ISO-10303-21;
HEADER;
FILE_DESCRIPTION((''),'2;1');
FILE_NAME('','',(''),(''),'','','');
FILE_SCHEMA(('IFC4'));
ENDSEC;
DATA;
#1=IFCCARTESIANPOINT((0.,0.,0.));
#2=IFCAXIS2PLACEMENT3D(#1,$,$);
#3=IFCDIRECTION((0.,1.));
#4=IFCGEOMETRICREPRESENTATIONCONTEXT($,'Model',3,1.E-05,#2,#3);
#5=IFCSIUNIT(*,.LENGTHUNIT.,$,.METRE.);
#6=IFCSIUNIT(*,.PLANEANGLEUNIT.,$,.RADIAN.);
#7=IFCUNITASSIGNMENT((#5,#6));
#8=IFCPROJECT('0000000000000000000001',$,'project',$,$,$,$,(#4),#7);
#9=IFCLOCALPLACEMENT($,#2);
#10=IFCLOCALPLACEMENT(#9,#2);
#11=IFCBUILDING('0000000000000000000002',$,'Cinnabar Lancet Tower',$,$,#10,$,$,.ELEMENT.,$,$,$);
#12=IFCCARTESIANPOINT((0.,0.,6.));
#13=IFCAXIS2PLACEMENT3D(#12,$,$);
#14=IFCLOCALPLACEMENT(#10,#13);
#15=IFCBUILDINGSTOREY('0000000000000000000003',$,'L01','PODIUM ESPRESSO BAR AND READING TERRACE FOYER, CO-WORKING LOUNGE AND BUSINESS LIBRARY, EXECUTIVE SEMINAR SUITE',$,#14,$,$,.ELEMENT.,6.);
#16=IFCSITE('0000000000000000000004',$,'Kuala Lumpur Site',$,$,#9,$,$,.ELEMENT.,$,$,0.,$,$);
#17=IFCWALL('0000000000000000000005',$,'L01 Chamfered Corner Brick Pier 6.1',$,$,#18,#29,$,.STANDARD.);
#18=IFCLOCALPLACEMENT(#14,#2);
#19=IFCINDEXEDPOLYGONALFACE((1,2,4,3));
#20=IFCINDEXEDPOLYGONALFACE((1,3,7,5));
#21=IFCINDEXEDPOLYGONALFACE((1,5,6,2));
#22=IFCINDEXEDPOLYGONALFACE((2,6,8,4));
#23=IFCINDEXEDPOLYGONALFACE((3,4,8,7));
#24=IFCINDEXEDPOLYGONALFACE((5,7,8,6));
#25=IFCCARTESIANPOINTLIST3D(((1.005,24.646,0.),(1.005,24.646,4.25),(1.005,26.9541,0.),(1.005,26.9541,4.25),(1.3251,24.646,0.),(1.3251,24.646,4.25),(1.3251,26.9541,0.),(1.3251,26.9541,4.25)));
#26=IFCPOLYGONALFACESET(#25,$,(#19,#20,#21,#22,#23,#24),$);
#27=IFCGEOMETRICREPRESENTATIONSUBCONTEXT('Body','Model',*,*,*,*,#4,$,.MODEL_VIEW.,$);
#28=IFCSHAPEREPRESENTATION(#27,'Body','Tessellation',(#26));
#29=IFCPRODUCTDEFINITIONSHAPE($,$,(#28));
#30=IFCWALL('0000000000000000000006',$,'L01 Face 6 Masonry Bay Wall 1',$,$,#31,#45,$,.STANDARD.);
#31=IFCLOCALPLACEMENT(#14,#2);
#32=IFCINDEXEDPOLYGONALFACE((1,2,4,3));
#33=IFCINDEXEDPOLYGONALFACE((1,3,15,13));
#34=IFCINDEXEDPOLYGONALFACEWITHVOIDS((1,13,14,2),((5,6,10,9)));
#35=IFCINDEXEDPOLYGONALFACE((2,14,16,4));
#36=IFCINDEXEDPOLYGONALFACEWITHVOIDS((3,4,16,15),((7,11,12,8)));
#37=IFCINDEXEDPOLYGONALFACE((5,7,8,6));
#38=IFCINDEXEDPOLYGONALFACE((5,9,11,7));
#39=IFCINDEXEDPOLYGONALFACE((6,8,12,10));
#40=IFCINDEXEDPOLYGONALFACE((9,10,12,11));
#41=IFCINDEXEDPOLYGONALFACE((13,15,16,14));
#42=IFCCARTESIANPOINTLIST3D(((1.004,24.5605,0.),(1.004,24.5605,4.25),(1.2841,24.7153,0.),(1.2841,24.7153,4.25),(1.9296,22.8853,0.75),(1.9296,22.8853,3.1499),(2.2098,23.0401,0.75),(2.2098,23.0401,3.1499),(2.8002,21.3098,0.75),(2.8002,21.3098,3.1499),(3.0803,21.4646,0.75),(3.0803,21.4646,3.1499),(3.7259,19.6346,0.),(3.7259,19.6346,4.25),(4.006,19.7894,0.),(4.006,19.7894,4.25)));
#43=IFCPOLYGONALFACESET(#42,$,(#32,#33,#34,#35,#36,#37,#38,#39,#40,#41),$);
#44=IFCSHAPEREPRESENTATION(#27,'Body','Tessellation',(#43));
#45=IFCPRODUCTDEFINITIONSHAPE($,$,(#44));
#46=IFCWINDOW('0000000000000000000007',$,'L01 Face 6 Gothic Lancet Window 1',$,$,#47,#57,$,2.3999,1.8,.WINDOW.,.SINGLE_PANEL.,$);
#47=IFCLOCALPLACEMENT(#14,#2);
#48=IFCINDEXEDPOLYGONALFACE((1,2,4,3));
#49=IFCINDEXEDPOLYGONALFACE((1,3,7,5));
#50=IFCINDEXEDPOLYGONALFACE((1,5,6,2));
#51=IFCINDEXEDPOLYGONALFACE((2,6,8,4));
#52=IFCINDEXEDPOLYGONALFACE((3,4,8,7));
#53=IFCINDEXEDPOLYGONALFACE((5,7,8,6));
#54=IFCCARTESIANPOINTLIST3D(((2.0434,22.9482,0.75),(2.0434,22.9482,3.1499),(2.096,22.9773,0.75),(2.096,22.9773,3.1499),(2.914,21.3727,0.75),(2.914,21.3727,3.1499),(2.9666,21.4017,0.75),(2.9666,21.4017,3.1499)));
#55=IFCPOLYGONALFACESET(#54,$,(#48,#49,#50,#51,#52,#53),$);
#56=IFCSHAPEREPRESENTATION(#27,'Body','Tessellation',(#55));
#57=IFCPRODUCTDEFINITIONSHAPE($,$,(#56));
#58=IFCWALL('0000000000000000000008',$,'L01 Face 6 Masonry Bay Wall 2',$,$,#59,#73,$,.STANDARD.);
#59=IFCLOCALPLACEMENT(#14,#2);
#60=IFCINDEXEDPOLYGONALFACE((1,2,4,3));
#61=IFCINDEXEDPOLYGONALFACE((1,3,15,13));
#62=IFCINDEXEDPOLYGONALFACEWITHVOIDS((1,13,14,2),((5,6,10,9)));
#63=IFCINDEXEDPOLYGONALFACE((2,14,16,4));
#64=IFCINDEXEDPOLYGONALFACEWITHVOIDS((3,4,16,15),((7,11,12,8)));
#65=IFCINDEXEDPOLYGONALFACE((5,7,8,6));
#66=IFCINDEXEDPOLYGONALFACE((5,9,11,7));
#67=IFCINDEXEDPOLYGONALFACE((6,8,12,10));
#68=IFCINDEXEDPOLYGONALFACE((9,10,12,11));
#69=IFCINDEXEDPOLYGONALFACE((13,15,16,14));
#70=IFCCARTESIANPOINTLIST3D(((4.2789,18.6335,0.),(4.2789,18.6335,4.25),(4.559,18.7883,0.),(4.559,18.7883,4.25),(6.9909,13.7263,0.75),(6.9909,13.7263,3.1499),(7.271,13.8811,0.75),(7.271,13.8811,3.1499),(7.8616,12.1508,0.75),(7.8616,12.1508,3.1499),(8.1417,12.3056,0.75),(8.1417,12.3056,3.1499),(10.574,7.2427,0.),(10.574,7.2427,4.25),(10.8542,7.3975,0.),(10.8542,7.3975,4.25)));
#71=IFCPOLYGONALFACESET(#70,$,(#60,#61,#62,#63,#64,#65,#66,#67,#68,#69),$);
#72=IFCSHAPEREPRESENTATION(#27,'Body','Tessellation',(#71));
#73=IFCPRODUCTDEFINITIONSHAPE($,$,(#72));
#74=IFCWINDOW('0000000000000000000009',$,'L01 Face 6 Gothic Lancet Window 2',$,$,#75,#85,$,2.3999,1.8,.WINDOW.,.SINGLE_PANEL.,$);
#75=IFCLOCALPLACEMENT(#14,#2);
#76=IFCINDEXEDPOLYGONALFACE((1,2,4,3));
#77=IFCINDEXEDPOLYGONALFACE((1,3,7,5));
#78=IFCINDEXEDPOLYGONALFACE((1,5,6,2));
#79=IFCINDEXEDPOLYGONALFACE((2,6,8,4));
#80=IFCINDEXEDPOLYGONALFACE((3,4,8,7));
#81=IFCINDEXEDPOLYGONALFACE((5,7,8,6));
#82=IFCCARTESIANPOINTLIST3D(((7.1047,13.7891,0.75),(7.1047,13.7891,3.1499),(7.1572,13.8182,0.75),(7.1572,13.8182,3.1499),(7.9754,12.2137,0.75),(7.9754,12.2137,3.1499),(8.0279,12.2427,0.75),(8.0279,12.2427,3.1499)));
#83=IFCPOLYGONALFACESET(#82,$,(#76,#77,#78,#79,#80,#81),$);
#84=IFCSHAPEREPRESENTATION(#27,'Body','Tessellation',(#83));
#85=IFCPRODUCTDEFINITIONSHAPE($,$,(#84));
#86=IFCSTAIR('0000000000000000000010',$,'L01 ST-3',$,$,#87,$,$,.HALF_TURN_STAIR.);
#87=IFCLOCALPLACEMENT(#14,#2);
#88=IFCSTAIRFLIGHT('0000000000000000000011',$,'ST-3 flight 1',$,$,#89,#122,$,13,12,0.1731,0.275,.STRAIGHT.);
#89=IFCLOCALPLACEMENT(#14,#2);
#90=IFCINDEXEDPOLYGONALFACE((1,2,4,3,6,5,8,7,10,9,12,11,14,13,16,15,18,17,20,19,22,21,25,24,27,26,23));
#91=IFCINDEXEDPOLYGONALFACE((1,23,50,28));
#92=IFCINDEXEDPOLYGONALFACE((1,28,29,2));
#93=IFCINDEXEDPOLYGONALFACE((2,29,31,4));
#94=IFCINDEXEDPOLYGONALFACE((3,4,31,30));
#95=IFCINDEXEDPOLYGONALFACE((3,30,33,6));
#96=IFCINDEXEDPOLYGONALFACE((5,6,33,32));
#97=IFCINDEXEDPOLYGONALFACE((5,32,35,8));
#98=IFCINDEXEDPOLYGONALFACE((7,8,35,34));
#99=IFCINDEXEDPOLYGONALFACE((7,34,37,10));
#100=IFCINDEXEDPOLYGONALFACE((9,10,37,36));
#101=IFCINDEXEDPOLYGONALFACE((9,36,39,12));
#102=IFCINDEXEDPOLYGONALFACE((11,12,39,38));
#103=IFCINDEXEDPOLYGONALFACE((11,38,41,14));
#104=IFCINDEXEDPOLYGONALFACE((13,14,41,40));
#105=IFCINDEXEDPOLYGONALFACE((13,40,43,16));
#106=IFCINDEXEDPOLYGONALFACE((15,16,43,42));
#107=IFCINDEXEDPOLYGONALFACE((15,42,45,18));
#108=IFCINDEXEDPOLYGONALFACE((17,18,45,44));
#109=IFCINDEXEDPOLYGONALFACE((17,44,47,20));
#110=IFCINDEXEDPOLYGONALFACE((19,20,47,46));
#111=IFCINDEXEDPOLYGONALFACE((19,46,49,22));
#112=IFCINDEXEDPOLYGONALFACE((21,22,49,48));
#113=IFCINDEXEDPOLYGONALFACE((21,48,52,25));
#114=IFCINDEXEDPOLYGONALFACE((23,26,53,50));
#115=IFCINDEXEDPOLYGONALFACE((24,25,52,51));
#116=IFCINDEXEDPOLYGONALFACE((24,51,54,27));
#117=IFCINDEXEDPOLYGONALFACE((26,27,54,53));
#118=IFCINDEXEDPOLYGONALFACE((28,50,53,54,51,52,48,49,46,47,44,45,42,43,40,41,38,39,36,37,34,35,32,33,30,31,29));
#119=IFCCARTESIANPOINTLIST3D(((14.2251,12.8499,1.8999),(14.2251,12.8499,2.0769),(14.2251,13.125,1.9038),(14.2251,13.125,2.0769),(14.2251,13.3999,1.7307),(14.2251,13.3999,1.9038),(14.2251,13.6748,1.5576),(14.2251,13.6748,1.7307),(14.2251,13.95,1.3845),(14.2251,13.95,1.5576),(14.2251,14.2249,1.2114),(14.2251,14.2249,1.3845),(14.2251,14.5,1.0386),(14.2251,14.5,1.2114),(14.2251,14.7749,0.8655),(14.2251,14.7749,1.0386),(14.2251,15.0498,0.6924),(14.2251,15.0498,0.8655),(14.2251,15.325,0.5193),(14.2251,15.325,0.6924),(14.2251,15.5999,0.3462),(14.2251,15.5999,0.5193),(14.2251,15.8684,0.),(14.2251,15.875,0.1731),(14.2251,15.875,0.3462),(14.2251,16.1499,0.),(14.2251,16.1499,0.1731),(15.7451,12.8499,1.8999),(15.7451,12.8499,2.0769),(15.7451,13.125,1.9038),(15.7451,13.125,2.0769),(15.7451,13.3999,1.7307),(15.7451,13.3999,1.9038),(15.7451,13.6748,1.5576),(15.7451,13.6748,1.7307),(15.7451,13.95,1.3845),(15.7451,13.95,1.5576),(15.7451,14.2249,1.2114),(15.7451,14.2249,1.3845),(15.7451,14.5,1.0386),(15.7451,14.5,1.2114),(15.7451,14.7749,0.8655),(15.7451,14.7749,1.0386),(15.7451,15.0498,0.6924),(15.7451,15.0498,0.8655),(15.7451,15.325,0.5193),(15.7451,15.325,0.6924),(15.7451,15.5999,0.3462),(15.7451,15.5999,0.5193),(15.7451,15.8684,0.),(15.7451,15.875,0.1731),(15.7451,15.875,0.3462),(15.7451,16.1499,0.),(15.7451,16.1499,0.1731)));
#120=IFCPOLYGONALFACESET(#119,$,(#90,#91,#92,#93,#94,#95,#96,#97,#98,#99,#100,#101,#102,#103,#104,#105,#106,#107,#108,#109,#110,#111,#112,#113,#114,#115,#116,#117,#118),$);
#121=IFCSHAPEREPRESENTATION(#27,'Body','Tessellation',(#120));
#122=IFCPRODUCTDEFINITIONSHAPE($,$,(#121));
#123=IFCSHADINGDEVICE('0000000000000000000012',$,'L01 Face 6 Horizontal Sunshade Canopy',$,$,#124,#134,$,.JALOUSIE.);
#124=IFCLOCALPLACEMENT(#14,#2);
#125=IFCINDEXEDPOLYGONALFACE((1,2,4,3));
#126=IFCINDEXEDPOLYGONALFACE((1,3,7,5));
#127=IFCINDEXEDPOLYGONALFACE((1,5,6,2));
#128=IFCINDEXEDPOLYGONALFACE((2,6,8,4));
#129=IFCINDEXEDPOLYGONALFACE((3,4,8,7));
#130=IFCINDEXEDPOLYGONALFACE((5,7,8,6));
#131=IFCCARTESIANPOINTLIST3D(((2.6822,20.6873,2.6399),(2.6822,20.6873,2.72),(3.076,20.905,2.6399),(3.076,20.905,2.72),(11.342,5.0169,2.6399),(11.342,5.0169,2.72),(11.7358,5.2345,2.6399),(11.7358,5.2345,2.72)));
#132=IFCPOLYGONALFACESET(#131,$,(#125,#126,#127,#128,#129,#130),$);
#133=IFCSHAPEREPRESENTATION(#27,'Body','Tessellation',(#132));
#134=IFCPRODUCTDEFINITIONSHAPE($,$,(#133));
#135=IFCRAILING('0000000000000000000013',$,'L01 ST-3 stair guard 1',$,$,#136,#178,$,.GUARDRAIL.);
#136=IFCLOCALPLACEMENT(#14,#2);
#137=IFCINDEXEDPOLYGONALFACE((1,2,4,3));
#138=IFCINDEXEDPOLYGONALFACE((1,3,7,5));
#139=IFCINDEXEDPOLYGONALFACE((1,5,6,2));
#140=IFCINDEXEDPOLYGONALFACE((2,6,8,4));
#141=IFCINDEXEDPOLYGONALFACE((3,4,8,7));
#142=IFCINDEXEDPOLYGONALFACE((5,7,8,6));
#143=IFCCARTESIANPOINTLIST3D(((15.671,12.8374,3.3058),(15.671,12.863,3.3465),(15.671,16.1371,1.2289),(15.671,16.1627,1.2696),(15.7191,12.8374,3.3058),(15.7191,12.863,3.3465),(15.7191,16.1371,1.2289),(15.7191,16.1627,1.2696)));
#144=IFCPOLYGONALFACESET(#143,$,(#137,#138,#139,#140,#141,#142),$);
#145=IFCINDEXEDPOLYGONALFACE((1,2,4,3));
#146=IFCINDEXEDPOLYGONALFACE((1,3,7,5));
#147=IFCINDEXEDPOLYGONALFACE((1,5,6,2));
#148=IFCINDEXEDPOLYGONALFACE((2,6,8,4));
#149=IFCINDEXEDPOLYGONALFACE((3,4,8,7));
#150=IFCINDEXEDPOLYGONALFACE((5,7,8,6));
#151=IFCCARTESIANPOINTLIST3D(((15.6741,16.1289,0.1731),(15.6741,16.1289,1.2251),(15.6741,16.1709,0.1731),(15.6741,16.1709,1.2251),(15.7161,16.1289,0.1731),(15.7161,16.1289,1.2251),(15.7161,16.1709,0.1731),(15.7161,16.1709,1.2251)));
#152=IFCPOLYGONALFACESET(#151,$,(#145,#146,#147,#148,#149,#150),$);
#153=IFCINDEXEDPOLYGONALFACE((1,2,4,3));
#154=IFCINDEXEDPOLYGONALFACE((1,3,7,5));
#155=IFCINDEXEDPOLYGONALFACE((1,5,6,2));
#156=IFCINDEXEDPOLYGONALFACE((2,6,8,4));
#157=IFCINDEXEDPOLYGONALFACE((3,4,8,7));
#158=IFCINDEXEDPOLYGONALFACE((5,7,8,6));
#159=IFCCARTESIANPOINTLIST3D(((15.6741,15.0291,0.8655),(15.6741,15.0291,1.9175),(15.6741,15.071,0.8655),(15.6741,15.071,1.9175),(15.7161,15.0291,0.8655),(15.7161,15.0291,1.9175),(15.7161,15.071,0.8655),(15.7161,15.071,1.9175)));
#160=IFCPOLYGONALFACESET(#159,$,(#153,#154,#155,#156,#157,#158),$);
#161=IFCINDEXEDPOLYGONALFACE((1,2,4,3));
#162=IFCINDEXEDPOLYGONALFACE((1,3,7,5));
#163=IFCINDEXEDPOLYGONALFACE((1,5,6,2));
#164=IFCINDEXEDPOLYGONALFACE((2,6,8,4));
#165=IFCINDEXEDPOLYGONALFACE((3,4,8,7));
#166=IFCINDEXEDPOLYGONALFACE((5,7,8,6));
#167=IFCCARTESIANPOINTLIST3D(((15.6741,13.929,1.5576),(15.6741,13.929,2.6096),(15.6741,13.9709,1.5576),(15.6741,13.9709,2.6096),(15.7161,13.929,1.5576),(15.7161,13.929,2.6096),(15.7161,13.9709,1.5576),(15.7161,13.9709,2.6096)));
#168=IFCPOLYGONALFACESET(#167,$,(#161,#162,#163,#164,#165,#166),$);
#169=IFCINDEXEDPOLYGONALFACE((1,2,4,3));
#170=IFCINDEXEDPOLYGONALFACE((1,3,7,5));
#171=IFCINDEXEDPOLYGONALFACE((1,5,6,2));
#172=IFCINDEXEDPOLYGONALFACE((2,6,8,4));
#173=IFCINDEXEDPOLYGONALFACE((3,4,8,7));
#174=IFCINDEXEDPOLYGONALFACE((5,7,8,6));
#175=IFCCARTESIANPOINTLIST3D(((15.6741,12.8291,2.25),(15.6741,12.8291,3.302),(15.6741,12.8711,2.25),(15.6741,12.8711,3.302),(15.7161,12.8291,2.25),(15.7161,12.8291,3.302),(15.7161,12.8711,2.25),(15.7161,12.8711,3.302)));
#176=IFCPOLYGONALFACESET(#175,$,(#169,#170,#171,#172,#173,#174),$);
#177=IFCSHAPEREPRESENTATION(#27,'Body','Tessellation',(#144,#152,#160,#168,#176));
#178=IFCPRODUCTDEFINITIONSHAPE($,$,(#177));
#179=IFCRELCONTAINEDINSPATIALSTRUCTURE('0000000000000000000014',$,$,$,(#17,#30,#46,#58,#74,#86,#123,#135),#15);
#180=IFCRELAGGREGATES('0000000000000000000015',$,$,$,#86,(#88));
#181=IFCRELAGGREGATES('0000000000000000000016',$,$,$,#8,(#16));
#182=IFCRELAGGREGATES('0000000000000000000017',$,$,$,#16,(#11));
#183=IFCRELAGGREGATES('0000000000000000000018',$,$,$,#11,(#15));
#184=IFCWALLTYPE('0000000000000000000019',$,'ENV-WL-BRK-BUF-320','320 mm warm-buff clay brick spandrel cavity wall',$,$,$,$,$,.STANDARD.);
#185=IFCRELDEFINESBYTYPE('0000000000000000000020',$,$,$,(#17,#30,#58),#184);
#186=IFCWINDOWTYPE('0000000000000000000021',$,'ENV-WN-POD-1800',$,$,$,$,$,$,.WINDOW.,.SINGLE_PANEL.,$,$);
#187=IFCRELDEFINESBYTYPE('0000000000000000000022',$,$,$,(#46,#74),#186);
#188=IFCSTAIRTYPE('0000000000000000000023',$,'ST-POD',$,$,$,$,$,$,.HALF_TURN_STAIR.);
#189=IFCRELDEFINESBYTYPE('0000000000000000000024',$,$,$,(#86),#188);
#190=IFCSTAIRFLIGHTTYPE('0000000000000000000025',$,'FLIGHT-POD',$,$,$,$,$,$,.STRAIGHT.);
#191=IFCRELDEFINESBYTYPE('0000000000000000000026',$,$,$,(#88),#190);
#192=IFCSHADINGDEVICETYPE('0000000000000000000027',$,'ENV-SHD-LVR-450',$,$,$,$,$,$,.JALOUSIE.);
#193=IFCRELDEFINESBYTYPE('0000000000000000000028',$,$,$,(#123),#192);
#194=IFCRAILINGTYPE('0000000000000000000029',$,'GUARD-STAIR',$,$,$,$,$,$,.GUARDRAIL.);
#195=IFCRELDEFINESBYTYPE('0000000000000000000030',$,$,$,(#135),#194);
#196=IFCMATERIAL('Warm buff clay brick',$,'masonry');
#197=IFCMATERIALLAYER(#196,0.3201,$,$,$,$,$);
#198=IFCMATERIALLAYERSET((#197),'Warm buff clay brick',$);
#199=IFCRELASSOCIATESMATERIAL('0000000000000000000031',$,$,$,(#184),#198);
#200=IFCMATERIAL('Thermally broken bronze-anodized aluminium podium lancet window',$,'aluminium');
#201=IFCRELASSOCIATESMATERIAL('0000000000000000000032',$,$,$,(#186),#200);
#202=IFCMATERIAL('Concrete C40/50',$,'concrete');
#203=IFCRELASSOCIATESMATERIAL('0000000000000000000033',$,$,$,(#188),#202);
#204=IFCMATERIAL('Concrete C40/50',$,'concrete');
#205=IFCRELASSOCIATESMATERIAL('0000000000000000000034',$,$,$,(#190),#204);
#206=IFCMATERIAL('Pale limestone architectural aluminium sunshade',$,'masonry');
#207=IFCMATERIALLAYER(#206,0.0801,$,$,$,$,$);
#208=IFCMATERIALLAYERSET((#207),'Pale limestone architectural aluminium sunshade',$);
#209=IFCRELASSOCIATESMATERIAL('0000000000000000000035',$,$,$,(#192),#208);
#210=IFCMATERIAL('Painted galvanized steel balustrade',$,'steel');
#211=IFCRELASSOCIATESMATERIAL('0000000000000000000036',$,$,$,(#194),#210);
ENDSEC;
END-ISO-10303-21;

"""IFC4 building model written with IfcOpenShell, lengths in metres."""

from ifc_helpers import new_model, si_unit, direction, frame, frame_2d, origin, origin_2d, place, context, subcontext, project, spatial, polyline, rectangle, outline, extrude, material, layer, layer_set, type_object, element, fill, aggregate, save


model = new_model("IFC4")

# Units and contexts
model_context = context("Model", 3, precision=1e-05, world=origin(), true_north=direction((0.0, 1.0)))
body_context = subcontext(model_context, "Body", "Model", "MODEL_VIEW")
ifc_project = project(units=[si_unit("LENGTHUNIT", "METRE"), si_unit("PLANEANGLEUNIT", "RADIAN")], contexts=[model_context])

# Site, building, storey
site_placement = place(None, origin())
site = spatial("IfcSite", under=ifc_project, at=site_placement, Name="Kuala Lumpur Site", CompositionType="ELEMENT", RefElevation=0.0)
building_placement = place(site_placement, origin())
building = spatial("IfcBuilding", under=site, at=building_placement, Name="Cinnabar Lancet Tower", CompositionType="ELEMENT")
storey_placement = place(building_placement, frame((0.0, 0.0, 6.0)))
storey = spatial("IfcBuildingStorey", under=building, at=storey_placement, Name="L01", Description="PODIUM ESPRESSO BAR AND READING TERRACE FOYER, CO-WORKING LOUNGE AND BUSINESS LIBRARY, EXECUTIVE SEMINAR SUITE", CompositionType="ELEMENT", Elevation=6.0)

# Wall
ifc_material_1 = material(Name="Warm buff clay brick", Category="masonry")
ifc_layer_1 = layer(ifc_material_1, 0.3201)
ifc_layer_set_1 = layer_set([ifc_layer_1], Name="Warm buff clay brick")
wall_type_1 = type_object("IfcWallType", Name="ENV-WL-BRK-BUF-320", Description="320 mm warm-buff clay brick spandrel cavity wall", PredefinedType="STANDARD", material=ifc_layer_set_1)
wall_1_placement = place(storey_placement, frame((1.165, 26.9541, 0.0), z_axis=(0.0, 0.0, 1.0), x_axis=(0.0, -1.0, 0.0)))
element("IfcWall", 1, at=wall_1_placement, inside=storey, type_object=wall_type_1, Name="L01 Chamfered Corner Brick Pier 6.1", PredefinedType="STANDARD", context=body_context, shape_type="SweptSolid", body=[
    extrude(rectangle(XDim=2.3081, YDim=0.3201, at=frame_2d((1.1541, 0.0))), origin(), (0.0, 0.0, 1.0), 4.25),
])

# Walls, openings, windows
wall_2_placement = place(storey_placement, frame((1.144, 24.6379, 0.0), z_axis=(0.0, 0.0, 1.0), x_axis=(0.483638, -0.875268, 0.0)))
wall_2 = element("IfcWall", 2, at=wall_2_placement, inside=storey, type_object=wall_type_1, Name="L01 Face 6 Masonry Bay Wall 1", PredefinedType="STANDARD", context=body_context, shape_type="SweptSolid", body=[
    extrude(rectangle(XDim=5.6279, YDim=0.3201, at=frame_2d((2.814, 0.0))), origin(), (0.0, 0.0, 1.0), 4.25),
])
opening_1_placement = place(wall_2_placement, frame((1.9141, 0.0, 0.75)))
opening_1 = element("IfcOpeningElement", 3, at=opening_1_placement, cuts=wall_2, PredefinedType="OPENING", context=body_context, shape_type="SweptSolid", body=[
    extrude(rectangle(XDim=1.8, YDim=2.3999, at=frame_2d((0.8999, 1.2))), frame((0.0, 0.1699, 0.0), z_axis=(0.0, -1.0, 0.0), x_axis=(1.0, 0.0, 0.0)), (0.0, 0.0, 1.0), 0.3401),
])
ifc_material_2 = material(Name="Thermally broken bronze-anodized aluminium podium lancet window", Category="aluminium")
window_type = type_object("IfcWindowType", Name="ENV-WN-POD-1800", PartitioningType="SINGLE_PANEL", PredefinedType="WINDOW", material=ifc_material_2)
window_1_placement = place(opening_1_placement, origin())
window_1 = element("IfcWindow", 4, at=window_1_placement, inside=storey, type_object=window_type, Name="L01 Face 6 Gothic Lancet Window 1", OverallHeight=2.3999, OverallWidth=1.8, PartitioningType="SINGLE_PANEL", PredefinedType="WINDOW", context=body_context, shape_type="SweptSolid", body=[
    extrude(rectangle(XDim=1.8, YDim=2.3999, at=frame_2d((0.8999, 1.2))), frame((0.0, 0.03, 0.0), z_axis=(0.0, -1.0, 0.0), x_axis=(1.0, 0.0, 0.0)), (0.0, 0.0, 1.0), 0.0601),
])
fill(opening_1, window_1)
wall_3_placement = place(storey_placement, frame((4.4189, 18.7109, 0.0), z_axis=(0.0, 0.0, 1.0), x_axis=(0.483699, -0.875235, 0.0)))
wall_3 = element("IfcWall", 5, at=wall_3_placement, inside=storey, type_object=wall_type_1, Name="L01 Face 6 Masonry Bay Wall 2", PredefinedType="STANDARD", context=body_context, shape_type="SweptSolid", body=[
    extrude(rectangle(XDim=13.0146, YDim=0.3201, at=frame_2d((6.5073, 0.0))), origin(), (0.0, 0.0, 1.0), 4.25),
])
opening_2_placement = place(wall_3_placement, frame((5.6069, 0.0, 0.75)))
opening_2 = element("IfcOpeningElement", 6, at=opening_2_placement, cuts=wall_3, PredefinedType="OPENING", context=body_context, shape_type="SweptSolid", body=[
    extrude(rectangle(XDim=1.8, YDim=2.3999, at=frame_2d((0.8999, 1.2))), frame((0.0, 0.1699, 0.0), z_axis=(0.0, -1.0, 0.0), x_axis=(1.0, 0.0, 0.0)), (0.0, 0.0, 1.0), 0.3401),
])
window_2_placement = place(opening_2_placement, origin())
window_2 = element("IfcWindow", 7, at=window_2_placement, inside=storey, type_object=window_type, Name="L01 Face 6 Gothic Lancet Window 2", OverallHeight=2.3999, OverallWidth=1.8, PartitioningType="SINGLE_PANEL", PredefinedType="WINDOW", context=body_context, shape_type="SweptSolid", body=[
    extrude(rectangle(XDim=1.8, YDim=2.3999, at=frame_2d((0.8999, 1.2))), frame((0.0, 0.03, 0.0), z_axis=(0.0, -1.0, 0.0), x_axis=(1.0, 0.0, 0.0)), (0.0, 0.0, 1.0), 0.0601),
])
fill(opening_2, window_2)

# Stair, stair flight
ifc_material_3 = material(Name="Concrete C40/50", Category="concrete")
stair_type = type_object("IfcStairType", Name="ST-POD", PredefinedType="HALF_TURN_STAIR", material=ifc_material_3)
stair_placement = place(storey_placement, origin())
stair = element("IfcStair", 8, at=stair_placement, inside=storey, type_object=stair_type, Name="L01 ST-3", PredefinedType="HALF_TURN_STAIR")
ifc_material_4 = material(Name="Concrete C40/50", Category="concrete")
stair_flight_type = type_object("IfcStairFlightType", Name="FLIGHT-POD", PredefinedType="STRAIGHT", material=ifc_material_4)
stair_flight_placement = place(storey_placement, frame((14.9851, 16.1499, 0.0), z_axis=(0.0, 0.0, 1.0), x_axis=(0.0, -1.0, 0.0)))
stair_flight = element("IfcStairFlight", 9, at=stair_flight_placement, type_object=stair_flight_type, Name="ST-3 flight 1", NumberOfRisers=13, NumberOfTreads=12, PredefinedType="STRAIGHT", RiserHeight=0.1731, TreadLength=0.275, context=body_context, shape_type="SweptSolid", body=[
    extrude(outline(polyline([(0.0, 0.0), (0.0, 0.1731), (0.2749, 0.1731), (0.2749, 0.3462), (0.55, 0.3462), (0.55, 0.5193), (0.825, 0.5193), (0.825, 0.6924), (1.1001, 0.6924), (1.1001, 0.8655), (1.375, 0.8655), (1.375, 1.0386), (1.6499, 1.0386), (1.6499, 1.2114), (1.925, 1.2114), (1.925, 1.3845), (2.2, 1.3845), (2.2, 1.5576), (2.4751, 1.5576), (2.4751, 1.7307), (2.75, 1.7307), (2.75, 1.9038), (3.0249, 1.9038), (3.0249, 2.0769), (3.3, 2.0769), (3.3, 2.25), (3.3, 1.8999), (0.2815, 0.0), (0.0, 0.0)])), frame((0.0, 0.76, 0.0), z_axis=(0.0, -1.0, 0.0), x_axis=(1.0, 0.0, 0.0)), (0.0, 0.0, 1.0), 1.52),
])
aggregate(stair, [stair_flight])

# Shading device
ifc_material_5 = material(Name="Pale limestone architectural aluminium sunshade", Category="masonry")
ifc_layer_2 = layer(ifc_material_5, 0.0801)
ifc_layer_set_2 = layer_set([ifc_layer_2], Name="Pale limestone architectural aluminium sunshade")
shading_device_type = type_object("IfcShadingDeviceType", Name="ENV-SHD-LVR-450", PredefinedType="JALOUSIE", material=ifc_layer_set_2)
shading_device_placement = place(storey_placement, frame((7.209, 12.9609, 2.6399), z_axis=(0.0, 0.0, 1.0), x_axis=(0.48368, -0.875245, 0.0)))
element("IfcShadingDevice", 10, at=shading_device_placement, inside=storey, type_object=shading_device_type, Name="L01 Face 6 Horizontal Sunshade Canopy", PredefinedType="JALOUSIE", context=body_context, shape_type="SweptSolid", body=[
    extrude(rectangle(XDim=17.9041, YDim=0.45, at=origin_2d()), origin(), (0.0, 0.0, 1.0), 0.0801),
])

# Railing
ifc_material_6 = material(Name="Painted galvanized steel balustrade", Category="steel")
railing_type_1 = type_object("IfcRailingType", Name="GUARD-STAIR", PredefinedType="GUARDRAIL", material=ifc_material_6)
railing_1_placement = place(storey_placement, frame((15.6951, 16.1499, 0.1731)))
element("IfcRailing", 11, at=railing_1_placement, inside=storey, type_object=railing_type_1, Name="L01 ST-3 stair guard 1", PredefinedType="GUARDRAIL", context=body_context, shape_type="SweptSolid", body=[
    extrude(rectangle(XDim=0.0481, YDim=0.0481, at=origin_2d()), frame((0.0, 0.0, 1.0762), z_axis=(0.0, -0.84632, 0.532675), x_axis=(1.0, 0.0, 0.0)), (0.0, 0.0, 1.0), 3.8989),
    extrude(rectangle(XDim=0.042, YDim=0.042, at=origin_2d()), origin(), (0.0, 0.0, 1.0), 1.052),
    extrude(rectangle(XDim=0.042, YDim=0.042, at=origin_2d()), frame((0.0, -1.0999, 0.6924)), (0.0, 0.0, 1.0), 1.052),
    extrude(rectangle(XDim=0.042, YDim=0.042, at=origin_2d()), frame((0.0, -2.2, 1.3845)), (0.0, 0.0, 1.0), 1.052),
    extrude(rectangle(XDim=0.042, YDim=0.042, at=origin_2d()), frame((0.0, -3.2998, 2.0769)), (0.0, 0.0, 1.0), 1.052),
])

save(model, "model.ifc")
